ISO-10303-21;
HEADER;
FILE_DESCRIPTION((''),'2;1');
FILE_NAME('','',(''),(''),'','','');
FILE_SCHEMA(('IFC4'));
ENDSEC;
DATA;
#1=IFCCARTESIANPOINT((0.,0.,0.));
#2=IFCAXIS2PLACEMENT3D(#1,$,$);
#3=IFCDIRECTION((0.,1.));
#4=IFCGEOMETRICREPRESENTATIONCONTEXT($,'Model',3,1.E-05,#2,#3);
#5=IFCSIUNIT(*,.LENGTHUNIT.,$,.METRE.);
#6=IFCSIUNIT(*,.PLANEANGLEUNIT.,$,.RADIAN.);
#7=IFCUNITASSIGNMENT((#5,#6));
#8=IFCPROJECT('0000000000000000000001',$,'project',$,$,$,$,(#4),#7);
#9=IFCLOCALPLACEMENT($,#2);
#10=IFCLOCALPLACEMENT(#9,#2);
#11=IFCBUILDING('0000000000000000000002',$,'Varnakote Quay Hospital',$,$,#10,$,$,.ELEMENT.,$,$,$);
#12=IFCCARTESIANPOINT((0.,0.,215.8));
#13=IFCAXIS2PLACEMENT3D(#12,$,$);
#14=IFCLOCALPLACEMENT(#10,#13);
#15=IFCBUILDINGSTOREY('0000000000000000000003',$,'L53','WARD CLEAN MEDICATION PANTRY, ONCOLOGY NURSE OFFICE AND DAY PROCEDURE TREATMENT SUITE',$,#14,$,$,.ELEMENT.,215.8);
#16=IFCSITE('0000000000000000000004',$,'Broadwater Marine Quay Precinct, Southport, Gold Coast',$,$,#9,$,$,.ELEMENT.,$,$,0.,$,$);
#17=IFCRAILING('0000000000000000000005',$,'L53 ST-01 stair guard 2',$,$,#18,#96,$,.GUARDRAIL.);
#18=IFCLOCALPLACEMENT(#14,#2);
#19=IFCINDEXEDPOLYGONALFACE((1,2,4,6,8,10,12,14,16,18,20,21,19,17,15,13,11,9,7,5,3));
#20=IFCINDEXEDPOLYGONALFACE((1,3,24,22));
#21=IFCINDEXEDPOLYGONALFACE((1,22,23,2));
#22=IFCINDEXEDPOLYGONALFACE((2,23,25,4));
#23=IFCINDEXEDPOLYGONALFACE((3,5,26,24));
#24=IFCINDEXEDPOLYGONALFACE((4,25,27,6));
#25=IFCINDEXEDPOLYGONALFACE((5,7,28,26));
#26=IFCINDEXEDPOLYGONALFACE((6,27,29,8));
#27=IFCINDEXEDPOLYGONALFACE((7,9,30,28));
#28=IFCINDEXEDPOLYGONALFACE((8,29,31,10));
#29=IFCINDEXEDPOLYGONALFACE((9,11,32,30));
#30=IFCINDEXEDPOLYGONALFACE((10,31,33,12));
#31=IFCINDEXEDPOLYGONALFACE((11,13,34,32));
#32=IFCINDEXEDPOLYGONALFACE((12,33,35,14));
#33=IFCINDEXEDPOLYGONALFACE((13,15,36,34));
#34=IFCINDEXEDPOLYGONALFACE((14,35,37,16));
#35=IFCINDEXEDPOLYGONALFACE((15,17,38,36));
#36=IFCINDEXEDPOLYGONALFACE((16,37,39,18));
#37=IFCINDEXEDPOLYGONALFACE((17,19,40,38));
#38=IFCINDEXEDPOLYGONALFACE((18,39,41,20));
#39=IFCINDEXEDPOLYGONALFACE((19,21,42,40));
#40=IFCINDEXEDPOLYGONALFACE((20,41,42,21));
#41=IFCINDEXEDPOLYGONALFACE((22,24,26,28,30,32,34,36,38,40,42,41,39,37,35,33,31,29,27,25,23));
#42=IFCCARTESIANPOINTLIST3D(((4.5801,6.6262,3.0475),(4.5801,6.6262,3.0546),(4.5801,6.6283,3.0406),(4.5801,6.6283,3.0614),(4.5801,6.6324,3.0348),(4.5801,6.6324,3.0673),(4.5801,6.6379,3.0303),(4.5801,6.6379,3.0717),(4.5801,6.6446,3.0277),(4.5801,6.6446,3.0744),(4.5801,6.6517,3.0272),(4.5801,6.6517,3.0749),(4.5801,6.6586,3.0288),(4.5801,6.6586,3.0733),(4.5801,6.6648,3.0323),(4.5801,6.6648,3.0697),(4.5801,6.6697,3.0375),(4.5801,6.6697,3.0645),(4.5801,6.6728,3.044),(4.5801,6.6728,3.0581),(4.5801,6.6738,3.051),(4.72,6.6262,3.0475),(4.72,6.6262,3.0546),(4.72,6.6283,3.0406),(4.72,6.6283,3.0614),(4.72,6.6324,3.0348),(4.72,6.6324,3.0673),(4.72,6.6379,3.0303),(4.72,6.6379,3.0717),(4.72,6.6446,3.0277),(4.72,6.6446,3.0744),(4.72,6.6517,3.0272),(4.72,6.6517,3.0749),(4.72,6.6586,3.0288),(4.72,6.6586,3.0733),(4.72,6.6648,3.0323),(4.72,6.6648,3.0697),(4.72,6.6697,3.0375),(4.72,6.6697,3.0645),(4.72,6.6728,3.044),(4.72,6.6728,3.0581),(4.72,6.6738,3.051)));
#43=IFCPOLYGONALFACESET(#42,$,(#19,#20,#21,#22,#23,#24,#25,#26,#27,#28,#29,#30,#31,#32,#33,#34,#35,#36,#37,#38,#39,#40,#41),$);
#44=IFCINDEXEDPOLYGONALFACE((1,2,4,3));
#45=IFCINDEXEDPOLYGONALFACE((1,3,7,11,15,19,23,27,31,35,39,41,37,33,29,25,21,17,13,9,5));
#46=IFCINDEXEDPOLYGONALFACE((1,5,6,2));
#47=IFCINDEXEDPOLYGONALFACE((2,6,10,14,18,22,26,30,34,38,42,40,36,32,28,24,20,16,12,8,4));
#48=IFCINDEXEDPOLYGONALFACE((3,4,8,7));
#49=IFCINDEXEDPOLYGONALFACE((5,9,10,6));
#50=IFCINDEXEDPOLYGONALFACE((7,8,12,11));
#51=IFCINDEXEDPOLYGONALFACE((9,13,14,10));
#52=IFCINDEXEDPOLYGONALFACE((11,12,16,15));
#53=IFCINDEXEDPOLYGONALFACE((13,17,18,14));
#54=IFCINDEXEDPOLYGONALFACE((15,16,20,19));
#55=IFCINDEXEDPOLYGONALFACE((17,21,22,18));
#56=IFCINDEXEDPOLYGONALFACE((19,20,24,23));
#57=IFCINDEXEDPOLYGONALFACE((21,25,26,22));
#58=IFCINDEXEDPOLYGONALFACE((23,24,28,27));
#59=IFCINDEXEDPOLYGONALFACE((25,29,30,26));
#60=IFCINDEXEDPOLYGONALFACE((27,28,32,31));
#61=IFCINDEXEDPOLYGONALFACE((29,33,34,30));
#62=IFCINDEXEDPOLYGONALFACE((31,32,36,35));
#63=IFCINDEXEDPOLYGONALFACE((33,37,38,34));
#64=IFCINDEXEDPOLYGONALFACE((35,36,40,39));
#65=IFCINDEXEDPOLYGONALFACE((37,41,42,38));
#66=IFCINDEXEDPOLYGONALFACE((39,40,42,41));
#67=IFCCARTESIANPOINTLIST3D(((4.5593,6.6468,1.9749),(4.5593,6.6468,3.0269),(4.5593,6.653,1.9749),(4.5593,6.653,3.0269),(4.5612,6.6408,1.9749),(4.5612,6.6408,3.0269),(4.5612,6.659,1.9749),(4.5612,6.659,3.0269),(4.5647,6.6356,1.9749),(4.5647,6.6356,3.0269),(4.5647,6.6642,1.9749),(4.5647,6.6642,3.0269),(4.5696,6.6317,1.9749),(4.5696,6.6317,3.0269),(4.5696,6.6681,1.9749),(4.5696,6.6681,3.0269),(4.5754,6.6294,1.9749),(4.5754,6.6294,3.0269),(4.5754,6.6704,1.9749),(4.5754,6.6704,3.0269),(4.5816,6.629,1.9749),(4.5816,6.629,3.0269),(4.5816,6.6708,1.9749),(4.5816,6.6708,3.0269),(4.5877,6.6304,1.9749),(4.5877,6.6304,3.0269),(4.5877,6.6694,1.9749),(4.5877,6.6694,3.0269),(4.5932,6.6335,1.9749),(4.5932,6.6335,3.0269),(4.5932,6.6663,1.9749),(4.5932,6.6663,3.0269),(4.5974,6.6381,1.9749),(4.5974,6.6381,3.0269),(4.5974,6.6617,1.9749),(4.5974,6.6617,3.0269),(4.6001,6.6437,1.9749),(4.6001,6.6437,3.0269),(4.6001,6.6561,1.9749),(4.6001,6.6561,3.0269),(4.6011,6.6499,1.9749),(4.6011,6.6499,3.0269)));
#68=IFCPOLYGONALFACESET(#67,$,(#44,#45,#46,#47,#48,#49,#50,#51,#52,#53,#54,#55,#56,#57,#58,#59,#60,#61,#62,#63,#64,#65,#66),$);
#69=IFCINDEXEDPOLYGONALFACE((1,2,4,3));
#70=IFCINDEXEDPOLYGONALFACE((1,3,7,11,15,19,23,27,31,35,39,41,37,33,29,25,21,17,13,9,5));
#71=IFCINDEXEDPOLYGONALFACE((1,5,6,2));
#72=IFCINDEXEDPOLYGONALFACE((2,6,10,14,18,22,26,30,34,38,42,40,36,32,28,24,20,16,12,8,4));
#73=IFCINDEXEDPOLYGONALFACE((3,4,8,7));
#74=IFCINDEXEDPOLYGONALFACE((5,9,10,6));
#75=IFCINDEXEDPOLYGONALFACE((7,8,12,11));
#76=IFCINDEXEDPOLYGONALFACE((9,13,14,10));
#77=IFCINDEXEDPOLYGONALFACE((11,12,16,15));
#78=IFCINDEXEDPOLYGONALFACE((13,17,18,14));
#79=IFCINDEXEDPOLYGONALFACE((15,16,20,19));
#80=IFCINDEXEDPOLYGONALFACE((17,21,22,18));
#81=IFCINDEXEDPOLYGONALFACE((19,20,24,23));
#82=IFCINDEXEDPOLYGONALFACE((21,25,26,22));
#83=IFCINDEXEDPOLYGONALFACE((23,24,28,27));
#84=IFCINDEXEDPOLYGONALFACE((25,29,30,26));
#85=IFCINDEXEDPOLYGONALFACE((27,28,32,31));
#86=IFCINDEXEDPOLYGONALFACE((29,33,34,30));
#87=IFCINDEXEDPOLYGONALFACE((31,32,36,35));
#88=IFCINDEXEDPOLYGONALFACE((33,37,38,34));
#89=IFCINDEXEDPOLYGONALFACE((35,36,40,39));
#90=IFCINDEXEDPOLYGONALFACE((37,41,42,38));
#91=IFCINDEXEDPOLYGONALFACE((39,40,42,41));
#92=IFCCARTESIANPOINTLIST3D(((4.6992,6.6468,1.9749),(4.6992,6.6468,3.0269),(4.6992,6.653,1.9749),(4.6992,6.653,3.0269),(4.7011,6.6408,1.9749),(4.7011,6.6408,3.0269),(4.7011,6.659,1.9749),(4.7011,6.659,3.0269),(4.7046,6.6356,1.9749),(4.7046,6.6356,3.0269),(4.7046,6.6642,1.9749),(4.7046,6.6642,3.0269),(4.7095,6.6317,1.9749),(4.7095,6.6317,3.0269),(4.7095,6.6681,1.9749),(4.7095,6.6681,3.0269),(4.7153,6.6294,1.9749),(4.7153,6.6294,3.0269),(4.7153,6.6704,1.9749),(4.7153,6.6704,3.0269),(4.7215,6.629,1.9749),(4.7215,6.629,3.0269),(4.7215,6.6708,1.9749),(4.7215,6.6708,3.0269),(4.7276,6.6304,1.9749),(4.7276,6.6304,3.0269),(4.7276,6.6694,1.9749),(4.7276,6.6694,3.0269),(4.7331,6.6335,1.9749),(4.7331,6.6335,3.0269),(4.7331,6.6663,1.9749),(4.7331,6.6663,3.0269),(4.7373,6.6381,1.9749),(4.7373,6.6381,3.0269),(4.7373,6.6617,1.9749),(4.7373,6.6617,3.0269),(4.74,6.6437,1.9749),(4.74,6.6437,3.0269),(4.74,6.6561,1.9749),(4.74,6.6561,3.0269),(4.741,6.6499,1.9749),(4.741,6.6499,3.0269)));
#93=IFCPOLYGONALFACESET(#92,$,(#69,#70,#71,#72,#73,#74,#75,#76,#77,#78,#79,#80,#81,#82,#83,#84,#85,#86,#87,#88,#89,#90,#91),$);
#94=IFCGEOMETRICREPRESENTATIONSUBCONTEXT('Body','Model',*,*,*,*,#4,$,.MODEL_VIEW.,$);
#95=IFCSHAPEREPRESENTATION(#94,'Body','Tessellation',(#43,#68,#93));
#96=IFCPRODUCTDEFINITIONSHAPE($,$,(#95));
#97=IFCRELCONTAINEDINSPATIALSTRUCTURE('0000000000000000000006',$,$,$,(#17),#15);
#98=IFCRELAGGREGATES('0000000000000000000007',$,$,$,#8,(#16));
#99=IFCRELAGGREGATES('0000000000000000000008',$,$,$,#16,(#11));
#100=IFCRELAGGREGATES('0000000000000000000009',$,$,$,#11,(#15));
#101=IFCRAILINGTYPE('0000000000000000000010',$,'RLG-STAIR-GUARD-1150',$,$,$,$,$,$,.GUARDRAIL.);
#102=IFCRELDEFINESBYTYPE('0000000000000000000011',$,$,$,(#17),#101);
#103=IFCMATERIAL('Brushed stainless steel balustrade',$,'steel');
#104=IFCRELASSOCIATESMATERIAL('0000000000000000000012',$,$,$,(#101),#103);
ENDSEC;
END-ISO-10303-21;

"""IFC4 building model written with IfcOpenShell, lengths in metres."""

from ifc_helpers import new_model, si_unit, direction, frame, origin, origin_2d, place, context, subcontext, project, spatial, circle, extrude, material, type_object, element, save


model = new_model("IFC4")

# Units and contexts
model_context = context("Model", 3, precision=1e-05, world=origin(), true_north=direction((0.0, 1.0)))
body_context = subcontext(model_context, "Body", "Model", "MODEL_VIEW")
ifc_project = project(units=[si_unit("LENGTHUNIT", "METRE"), si_unit("PLANEANGLEUNIT", "RADIAN")], contexts=[model_context])

# Site, building, storey
site_placement = place(None, origin())
site = spatial("IfcSite", under=ifc_project, at=site_placement, Name="Broadwater Marine Quay Precinct, Southport, Gold Coast", CompositionType="ELEMENT", RefElevation=0.0)
building_placement = place(site_placement, origin())
building = spatial("IfcBuilding", under=site, at=building_placement, Name="Varnakote Quay Hospital", CompositionType="ELEMENT")
storey_placement = place(building_placement, frame((0.0, 0.0, 215.8)))
storey = spatial("IfcBuildingStorey", under=building, at=storey_placement, Name="L53", Description="WARD CLEAN MEDICATION PANTRY, ONCOLOGY NURSE OFFICE AND DAY PROCEDURE TREATMENT SUITE", CompositionType="ELEMENT", Elevation=215.8)

# Railing
ifc_material_1 = material(Name="Brushed stainless steel balustrade", Category="steel")
railing_type_1 = type_object("IfcRailingType", Name="RLG-STAIR-GUARD-1150", PredefinedType="GUARDRAIL", material=ifc_material_1)
railing_1_placement = place(storey_placement, frame((4.5801, 6.6499, 1.9749)))
element("IfcRailing", 1, at=railing_1_placement, inside=storey, type_object=railing_type_1, Name="L53 ST-01 stair guard 2", PredefinedType="GUARDRAIL", context=body_context, shape_type="SweptSolid", body=[
    extrude(circle(Radius=0.0239, at=origin_2d()), frame((0.0, 0.0, 1.0762), z_axis=(1.0, 0.0, 0.0), x_axis=(0.0, 1.0, 0.0)), (0.0, 0.0, 1.0), 0.1399),
    extrude(circle(Radius=0.021, at=origin_2d()), origin(), (0.0, 0.0, 1.0), 1.052),
    extrude(circle(Radius=0.021, at=origin_2d()), frame((0.1399, 0.0, 0.0)), (0.0, 0.0, 1.0), 1.052),
])

save(model, "model.ifc")
